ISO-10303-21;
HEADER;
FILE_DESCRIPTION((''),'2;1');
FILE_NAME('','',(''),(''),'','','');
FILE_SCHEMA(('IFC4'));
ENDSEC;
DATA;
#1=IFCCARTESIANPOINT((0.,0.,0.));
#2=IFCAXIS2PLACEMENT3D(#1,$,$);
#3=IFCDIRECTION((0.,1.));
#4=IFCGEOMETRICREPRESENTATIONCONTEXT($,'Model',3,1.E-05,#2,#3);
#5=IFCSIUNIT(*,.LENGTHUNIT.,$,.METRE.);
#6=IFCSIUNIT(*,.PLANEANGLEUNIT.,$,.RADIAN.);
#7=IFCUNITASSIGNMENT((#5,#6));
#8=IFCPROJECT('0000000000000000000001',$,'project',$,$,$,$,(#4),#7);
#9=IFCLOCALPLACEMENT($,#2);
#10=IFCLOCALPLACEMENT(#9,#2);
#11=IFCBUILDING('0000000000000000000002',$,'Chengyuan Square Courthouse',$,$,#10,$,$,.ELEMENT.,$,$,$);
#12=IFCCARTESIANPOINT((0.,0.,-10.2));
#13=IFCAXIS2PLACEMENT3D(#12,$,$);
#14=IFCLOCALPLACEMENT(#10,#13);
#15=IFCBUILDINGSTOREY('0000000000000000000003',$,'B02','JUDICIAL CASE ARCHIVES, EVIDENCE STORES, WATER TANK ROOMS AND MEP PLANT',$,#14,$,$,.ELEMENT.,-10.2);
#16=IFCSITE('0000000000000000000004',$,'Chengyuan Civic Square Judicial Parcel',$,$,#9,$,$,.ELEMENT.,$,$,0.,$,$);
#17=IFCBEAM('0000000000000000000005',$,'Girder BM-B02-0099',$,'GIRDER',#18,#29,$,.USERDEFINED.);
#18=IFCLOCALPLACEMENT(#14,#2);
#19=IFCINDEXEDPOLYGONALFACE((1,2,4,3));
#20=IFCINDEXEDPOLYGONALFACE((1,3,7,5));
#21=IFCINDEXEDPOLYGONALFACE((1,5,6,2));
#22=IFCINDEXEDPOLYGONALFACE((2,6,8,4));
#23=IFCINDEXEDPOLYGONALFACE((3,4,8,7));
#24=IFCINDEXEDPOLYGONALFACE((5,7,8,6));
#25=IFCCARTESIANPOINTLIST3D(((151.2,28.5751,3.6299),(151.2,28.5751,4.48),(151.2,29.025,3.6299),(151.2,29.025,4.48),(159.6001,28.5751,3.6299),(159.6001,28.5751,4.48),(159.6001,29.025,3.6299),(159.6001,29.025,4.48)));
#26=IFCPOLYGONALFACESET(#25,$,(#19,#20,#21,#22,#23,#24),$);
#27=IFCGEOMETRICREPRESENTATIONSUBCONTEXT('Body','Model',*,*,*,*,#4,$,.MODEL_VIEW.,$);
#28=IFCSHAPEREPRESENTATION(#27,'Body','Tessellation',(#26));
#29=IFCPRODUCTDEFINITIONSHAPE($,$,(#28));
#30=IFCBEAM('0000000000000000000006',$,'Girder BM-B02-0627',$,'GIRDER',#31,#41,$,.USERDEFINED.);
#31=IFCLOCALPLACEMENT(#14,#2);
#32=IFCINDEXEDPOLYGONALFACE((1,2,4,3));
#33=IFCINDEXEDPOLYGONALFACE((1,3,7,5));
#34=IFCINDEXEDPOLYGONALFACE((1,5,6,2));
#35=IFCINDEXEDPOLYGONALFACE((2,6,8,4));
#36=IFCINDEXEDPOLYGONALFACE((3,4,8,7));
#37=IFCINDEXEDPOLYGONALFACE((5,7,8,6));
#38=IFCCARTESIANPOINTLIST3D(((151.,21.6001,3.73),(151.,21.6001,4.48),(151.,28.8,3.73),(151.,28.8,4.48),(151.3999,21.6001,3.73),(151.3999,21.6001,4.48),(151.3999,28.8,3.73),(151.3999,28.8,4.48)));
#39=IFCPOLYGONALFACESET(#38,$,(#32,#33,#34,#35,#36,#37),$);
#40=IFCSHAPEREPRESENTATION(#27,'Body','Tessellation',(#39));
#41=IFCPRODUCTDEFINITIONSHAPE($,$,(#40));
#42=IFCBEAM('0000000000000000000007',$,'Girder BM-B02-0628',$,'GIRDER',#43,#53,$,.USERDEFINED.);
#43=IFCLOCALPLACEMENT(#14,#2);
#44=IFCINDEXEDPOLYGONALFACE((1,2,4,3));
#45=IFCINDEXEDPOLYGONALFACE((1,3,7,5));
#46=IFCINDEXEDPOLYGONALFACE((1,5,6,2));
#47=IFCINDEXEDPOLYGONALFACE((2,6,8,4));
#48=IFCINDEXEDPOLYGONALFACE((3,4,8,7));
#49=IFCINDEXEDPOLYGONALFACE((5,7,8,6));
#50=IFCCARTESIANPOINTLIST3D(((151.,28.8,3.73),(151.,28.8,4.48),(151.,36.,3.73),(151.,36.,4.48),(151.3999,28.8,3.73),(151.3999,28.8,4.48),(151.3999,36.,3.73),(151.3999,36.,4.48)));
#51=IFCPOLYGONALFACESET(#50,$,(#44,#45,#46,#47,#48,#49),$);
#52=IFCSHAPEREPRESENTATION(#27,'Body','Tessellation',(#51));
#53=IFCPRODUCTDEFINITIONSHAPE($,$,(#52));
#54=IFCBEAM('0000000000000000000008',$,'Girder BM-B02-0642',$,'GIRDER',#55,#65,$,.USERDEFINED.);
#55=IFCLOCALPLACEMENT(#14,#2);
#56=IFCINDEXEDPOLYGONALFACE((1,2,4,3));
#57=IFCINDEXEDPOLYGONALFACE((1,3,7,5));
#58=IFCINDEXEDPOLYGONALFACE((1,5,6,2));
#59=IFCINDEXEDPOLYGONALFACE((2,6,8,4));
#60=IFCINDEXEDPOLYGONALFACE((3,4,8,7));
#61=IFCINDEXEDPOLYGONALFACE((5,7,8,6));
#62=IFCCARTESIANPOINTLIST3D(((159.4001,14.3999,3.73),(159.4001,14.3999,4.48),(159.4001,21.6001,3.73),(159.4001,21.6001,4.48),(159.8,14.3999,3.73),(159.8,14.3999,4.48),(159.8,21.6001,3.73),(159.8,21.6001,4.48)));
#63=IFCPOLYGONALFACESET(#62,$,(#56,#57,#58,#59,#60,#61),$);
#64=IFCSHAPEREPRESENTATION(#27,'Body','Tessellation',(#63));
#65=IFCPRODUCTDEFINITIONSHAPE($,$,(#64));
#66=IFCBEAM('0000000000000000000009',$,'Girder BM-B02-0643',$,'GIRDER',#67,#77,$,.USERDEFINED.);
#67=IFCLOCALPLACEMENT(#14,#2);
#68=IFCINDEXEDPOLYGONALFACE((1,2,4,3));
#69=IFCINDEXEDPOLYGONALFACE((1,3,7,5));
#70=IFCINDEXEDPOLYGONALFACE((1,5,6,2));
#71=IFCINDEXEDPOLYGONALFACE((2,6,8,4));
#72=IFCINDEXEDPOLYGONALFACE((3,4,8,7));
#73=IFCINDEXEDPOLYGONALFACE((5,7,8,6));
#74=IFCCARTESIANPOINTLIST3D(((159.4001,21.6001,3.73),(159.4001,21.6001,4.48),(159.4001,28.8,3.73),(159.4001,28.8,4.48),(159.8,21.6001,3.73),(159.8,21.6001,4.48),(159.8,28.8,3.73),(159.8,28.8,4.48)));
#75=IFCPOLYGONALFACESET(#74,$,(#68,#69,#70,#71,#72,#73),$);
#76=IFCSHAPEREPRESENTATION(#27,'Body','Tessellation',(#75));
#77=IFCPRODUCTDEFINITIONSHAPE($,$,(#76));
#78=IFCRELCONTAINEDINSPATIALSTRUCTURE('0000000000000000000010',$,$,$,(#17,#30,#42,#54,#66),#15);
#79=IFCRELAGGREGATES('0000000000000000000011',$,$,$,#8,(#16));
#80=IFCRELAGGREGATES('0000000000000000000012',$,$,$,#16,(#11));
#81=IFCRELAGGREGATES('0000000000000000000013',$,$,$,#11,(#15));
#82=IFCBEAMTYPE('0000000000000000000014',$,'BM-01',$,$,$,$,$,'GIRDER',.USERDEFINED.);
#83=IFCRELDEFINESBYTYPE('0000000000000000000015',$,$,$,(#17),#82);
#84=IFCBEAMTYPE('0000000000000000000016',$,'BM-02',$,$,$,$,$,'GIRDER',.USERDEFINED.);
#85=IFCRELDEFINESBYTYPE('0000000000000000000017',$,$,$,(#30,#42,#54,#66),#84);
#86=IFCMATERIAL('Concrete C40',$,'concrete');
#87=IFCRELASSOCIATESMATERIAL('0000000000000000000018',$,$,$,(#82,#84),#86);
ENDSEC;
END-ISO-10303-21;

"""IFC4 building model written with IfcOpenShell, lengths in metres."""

from ifc_helpers import new_model, si_unit, direction, frame, origin, origin_2d, place, context, subcontext, project, spatial, rectangle, extrude, material, material_profile, profile_set, type_object, element, save


model = new_model("IFC4")

# Units and contexts
model_context = context("Model", 3, precision=1e-05, world=origin(), true_north=direction((0.0, 1.0)))
body_context = subcontext(model_context, "Body", "Model", "MODEL_VIEW")
ifc_project = project(units=[si_unit("LENGTHUNIT", "METRE"), si_unit("PLANEANGLEUNIT", "RADIAN")], contexts=[model_context])

# Site, building, storey
site_placement = place(None, origin())
site = spatial("IfcSite", under=ifc_project, at=site_placement, Name="Chengyuan Civic Square Judicial Parcel", CompositionType="ELEMENT", RefElevation=0.0)
building_placement = place(site_placement, origin())
building = spatial("IfcBuilding", under=site, at=building_placement, Name="Chengyuan Square Courthouse", CompositionType="ELEMENT")
storey_placement = place(building_placement, frame((0.0, 0.0, -10.2)))
storey = spatial("IfcBuildingStorey", under=building, at=storey_placement, Name="B02", Description="JUDICIAL CASE ARCHIVES, EVIDENCE STORES, WATER TANK ROOMS AND MEP PLANT", CompositionType="ELEMENT", Elevation=-10.2)

# Shared definitions
ifc_material_1 = material(Name="Concrete C40", Category="concrete")

# Beams
ifc_material_profile_1 = material_profile(ifc_material_1, rectangle(XDim=0.45, YDim=0.8501, at=origin_2d()), Name="RC-BM-450x850")
ifc_profile_set_1 = profile_set([ifc_material_profile_1], Name="Concrete C40")
beam_type_1 = type_object("IfcBeamType", Name="BM-01", ElementType="GIRDER", PredefinedType="USERDEFINED", material=ifc_profile_set_1)
beam_1_placement = place(storey_placement, frame((151.2, 28.8, 4.0549), z_axis=(1.0, 0.0, 0.0), x_axis=(0.0, 1.0, 0.0)))
element("IfcBeam", 1, at=beam_1_placement, inside=storey, type_object=beam_type_1, Name="Girder BM-B02-0099", ObjectType="GIRDER", PredefinedType="USERDEFINED", context=body_context, shape_type="SweptSolid", body=[
    extrude(rectangle(XDim=0.45, YDim=0.8501, at=origin_2d()), origin(), (0.0, 0.0, 1.0), 8.4001),
])
ifc_material_profile_2 = material_profile(ifc_material_1, rectangle(XDim=0.3999, YDim=0.75, at=origin_2d()), Name="RC-BM-400x750")
ifc_profile_set_2 = profile_set([ifc_material_profile_2], Name="Concrete C40")
beam_type_2 = type_object("IfcBeamType", Name="BM-02", ElementType="GIRDER", PredefinedType="USERDEFINED", material=ifc_profile_set_2)
for number, where, z_axis, x_axis, name in (
    (2, (151.2, 21.6001, 4.105), (0.0, 1.0, 0.0), (-1.0, 0.0, 0.0), "Girder BM-B02-0627"),
    (3, (151.2, 28.8, 4.105), (0.0, 1.0, 0.0), (-1.0, 0.0, 0.0), "Girder BM-B02-0628"),
):
    element("IfcBeam", number, at=place(storey_placement, frame(where, z_axis=z_axis, x_axis=x_axis)), inside=storey, type_object=beam_type_2, Name=name, ObjectType="GIRDER", PredefinedType="USERDEFINED", context=body_context, shape_type="SweptSolid", body=[
        extrude(rectangle(XDim=0.3999, YDim=0.75, at=origin_2d()), origin(), (0.0, 0.0, 1.0), 7.2),
    ])
beam_2_placement = place(storey_placement, frame((159.6001, 14.3999, 4.105), z_axis=(0.0, 1.0, 0.0), x_axis=(-1.0, 0.0, 0.0)))
element("IfcBeam", 4, at=beam_2_placement, inside=storey, type_object=beam_type_2, Name="Girder BM-B02-0642", ObjectType="GIRDER", PredefinedType="USERDEFINED", context=body_context, shape_type="SweptSolid", body=[
    extrude(rectangle(XDim=0.3999, YDim=0.75, at=origin_2d()), origin(), (0.0, 0.0, 1.0), 7.2002),
])
beam_3_placement = place(storey_placement, frame((159.6001, 21.6001, 4.105), z_axis=(0.0, 1.0, 0.0), x_axis=(-1.0, 0.0, 0.0)))
element("IfcBeam", 5, at=beam_3_placement, inside=storey, type_object=beam_type_2, Name="Girder BM-B02-0643", ObjectType="GIRDER", PredefinedType="USERDEFINED", context=body_context, shape_type="SweptSolid", body=[
    extrude(rectangle(XDim=0.3999, YDim=0.75, at=origin_2d()), origin(), (0.0, 0.0, 1.0), 7.2),
])

save(model, "model.ifc")
